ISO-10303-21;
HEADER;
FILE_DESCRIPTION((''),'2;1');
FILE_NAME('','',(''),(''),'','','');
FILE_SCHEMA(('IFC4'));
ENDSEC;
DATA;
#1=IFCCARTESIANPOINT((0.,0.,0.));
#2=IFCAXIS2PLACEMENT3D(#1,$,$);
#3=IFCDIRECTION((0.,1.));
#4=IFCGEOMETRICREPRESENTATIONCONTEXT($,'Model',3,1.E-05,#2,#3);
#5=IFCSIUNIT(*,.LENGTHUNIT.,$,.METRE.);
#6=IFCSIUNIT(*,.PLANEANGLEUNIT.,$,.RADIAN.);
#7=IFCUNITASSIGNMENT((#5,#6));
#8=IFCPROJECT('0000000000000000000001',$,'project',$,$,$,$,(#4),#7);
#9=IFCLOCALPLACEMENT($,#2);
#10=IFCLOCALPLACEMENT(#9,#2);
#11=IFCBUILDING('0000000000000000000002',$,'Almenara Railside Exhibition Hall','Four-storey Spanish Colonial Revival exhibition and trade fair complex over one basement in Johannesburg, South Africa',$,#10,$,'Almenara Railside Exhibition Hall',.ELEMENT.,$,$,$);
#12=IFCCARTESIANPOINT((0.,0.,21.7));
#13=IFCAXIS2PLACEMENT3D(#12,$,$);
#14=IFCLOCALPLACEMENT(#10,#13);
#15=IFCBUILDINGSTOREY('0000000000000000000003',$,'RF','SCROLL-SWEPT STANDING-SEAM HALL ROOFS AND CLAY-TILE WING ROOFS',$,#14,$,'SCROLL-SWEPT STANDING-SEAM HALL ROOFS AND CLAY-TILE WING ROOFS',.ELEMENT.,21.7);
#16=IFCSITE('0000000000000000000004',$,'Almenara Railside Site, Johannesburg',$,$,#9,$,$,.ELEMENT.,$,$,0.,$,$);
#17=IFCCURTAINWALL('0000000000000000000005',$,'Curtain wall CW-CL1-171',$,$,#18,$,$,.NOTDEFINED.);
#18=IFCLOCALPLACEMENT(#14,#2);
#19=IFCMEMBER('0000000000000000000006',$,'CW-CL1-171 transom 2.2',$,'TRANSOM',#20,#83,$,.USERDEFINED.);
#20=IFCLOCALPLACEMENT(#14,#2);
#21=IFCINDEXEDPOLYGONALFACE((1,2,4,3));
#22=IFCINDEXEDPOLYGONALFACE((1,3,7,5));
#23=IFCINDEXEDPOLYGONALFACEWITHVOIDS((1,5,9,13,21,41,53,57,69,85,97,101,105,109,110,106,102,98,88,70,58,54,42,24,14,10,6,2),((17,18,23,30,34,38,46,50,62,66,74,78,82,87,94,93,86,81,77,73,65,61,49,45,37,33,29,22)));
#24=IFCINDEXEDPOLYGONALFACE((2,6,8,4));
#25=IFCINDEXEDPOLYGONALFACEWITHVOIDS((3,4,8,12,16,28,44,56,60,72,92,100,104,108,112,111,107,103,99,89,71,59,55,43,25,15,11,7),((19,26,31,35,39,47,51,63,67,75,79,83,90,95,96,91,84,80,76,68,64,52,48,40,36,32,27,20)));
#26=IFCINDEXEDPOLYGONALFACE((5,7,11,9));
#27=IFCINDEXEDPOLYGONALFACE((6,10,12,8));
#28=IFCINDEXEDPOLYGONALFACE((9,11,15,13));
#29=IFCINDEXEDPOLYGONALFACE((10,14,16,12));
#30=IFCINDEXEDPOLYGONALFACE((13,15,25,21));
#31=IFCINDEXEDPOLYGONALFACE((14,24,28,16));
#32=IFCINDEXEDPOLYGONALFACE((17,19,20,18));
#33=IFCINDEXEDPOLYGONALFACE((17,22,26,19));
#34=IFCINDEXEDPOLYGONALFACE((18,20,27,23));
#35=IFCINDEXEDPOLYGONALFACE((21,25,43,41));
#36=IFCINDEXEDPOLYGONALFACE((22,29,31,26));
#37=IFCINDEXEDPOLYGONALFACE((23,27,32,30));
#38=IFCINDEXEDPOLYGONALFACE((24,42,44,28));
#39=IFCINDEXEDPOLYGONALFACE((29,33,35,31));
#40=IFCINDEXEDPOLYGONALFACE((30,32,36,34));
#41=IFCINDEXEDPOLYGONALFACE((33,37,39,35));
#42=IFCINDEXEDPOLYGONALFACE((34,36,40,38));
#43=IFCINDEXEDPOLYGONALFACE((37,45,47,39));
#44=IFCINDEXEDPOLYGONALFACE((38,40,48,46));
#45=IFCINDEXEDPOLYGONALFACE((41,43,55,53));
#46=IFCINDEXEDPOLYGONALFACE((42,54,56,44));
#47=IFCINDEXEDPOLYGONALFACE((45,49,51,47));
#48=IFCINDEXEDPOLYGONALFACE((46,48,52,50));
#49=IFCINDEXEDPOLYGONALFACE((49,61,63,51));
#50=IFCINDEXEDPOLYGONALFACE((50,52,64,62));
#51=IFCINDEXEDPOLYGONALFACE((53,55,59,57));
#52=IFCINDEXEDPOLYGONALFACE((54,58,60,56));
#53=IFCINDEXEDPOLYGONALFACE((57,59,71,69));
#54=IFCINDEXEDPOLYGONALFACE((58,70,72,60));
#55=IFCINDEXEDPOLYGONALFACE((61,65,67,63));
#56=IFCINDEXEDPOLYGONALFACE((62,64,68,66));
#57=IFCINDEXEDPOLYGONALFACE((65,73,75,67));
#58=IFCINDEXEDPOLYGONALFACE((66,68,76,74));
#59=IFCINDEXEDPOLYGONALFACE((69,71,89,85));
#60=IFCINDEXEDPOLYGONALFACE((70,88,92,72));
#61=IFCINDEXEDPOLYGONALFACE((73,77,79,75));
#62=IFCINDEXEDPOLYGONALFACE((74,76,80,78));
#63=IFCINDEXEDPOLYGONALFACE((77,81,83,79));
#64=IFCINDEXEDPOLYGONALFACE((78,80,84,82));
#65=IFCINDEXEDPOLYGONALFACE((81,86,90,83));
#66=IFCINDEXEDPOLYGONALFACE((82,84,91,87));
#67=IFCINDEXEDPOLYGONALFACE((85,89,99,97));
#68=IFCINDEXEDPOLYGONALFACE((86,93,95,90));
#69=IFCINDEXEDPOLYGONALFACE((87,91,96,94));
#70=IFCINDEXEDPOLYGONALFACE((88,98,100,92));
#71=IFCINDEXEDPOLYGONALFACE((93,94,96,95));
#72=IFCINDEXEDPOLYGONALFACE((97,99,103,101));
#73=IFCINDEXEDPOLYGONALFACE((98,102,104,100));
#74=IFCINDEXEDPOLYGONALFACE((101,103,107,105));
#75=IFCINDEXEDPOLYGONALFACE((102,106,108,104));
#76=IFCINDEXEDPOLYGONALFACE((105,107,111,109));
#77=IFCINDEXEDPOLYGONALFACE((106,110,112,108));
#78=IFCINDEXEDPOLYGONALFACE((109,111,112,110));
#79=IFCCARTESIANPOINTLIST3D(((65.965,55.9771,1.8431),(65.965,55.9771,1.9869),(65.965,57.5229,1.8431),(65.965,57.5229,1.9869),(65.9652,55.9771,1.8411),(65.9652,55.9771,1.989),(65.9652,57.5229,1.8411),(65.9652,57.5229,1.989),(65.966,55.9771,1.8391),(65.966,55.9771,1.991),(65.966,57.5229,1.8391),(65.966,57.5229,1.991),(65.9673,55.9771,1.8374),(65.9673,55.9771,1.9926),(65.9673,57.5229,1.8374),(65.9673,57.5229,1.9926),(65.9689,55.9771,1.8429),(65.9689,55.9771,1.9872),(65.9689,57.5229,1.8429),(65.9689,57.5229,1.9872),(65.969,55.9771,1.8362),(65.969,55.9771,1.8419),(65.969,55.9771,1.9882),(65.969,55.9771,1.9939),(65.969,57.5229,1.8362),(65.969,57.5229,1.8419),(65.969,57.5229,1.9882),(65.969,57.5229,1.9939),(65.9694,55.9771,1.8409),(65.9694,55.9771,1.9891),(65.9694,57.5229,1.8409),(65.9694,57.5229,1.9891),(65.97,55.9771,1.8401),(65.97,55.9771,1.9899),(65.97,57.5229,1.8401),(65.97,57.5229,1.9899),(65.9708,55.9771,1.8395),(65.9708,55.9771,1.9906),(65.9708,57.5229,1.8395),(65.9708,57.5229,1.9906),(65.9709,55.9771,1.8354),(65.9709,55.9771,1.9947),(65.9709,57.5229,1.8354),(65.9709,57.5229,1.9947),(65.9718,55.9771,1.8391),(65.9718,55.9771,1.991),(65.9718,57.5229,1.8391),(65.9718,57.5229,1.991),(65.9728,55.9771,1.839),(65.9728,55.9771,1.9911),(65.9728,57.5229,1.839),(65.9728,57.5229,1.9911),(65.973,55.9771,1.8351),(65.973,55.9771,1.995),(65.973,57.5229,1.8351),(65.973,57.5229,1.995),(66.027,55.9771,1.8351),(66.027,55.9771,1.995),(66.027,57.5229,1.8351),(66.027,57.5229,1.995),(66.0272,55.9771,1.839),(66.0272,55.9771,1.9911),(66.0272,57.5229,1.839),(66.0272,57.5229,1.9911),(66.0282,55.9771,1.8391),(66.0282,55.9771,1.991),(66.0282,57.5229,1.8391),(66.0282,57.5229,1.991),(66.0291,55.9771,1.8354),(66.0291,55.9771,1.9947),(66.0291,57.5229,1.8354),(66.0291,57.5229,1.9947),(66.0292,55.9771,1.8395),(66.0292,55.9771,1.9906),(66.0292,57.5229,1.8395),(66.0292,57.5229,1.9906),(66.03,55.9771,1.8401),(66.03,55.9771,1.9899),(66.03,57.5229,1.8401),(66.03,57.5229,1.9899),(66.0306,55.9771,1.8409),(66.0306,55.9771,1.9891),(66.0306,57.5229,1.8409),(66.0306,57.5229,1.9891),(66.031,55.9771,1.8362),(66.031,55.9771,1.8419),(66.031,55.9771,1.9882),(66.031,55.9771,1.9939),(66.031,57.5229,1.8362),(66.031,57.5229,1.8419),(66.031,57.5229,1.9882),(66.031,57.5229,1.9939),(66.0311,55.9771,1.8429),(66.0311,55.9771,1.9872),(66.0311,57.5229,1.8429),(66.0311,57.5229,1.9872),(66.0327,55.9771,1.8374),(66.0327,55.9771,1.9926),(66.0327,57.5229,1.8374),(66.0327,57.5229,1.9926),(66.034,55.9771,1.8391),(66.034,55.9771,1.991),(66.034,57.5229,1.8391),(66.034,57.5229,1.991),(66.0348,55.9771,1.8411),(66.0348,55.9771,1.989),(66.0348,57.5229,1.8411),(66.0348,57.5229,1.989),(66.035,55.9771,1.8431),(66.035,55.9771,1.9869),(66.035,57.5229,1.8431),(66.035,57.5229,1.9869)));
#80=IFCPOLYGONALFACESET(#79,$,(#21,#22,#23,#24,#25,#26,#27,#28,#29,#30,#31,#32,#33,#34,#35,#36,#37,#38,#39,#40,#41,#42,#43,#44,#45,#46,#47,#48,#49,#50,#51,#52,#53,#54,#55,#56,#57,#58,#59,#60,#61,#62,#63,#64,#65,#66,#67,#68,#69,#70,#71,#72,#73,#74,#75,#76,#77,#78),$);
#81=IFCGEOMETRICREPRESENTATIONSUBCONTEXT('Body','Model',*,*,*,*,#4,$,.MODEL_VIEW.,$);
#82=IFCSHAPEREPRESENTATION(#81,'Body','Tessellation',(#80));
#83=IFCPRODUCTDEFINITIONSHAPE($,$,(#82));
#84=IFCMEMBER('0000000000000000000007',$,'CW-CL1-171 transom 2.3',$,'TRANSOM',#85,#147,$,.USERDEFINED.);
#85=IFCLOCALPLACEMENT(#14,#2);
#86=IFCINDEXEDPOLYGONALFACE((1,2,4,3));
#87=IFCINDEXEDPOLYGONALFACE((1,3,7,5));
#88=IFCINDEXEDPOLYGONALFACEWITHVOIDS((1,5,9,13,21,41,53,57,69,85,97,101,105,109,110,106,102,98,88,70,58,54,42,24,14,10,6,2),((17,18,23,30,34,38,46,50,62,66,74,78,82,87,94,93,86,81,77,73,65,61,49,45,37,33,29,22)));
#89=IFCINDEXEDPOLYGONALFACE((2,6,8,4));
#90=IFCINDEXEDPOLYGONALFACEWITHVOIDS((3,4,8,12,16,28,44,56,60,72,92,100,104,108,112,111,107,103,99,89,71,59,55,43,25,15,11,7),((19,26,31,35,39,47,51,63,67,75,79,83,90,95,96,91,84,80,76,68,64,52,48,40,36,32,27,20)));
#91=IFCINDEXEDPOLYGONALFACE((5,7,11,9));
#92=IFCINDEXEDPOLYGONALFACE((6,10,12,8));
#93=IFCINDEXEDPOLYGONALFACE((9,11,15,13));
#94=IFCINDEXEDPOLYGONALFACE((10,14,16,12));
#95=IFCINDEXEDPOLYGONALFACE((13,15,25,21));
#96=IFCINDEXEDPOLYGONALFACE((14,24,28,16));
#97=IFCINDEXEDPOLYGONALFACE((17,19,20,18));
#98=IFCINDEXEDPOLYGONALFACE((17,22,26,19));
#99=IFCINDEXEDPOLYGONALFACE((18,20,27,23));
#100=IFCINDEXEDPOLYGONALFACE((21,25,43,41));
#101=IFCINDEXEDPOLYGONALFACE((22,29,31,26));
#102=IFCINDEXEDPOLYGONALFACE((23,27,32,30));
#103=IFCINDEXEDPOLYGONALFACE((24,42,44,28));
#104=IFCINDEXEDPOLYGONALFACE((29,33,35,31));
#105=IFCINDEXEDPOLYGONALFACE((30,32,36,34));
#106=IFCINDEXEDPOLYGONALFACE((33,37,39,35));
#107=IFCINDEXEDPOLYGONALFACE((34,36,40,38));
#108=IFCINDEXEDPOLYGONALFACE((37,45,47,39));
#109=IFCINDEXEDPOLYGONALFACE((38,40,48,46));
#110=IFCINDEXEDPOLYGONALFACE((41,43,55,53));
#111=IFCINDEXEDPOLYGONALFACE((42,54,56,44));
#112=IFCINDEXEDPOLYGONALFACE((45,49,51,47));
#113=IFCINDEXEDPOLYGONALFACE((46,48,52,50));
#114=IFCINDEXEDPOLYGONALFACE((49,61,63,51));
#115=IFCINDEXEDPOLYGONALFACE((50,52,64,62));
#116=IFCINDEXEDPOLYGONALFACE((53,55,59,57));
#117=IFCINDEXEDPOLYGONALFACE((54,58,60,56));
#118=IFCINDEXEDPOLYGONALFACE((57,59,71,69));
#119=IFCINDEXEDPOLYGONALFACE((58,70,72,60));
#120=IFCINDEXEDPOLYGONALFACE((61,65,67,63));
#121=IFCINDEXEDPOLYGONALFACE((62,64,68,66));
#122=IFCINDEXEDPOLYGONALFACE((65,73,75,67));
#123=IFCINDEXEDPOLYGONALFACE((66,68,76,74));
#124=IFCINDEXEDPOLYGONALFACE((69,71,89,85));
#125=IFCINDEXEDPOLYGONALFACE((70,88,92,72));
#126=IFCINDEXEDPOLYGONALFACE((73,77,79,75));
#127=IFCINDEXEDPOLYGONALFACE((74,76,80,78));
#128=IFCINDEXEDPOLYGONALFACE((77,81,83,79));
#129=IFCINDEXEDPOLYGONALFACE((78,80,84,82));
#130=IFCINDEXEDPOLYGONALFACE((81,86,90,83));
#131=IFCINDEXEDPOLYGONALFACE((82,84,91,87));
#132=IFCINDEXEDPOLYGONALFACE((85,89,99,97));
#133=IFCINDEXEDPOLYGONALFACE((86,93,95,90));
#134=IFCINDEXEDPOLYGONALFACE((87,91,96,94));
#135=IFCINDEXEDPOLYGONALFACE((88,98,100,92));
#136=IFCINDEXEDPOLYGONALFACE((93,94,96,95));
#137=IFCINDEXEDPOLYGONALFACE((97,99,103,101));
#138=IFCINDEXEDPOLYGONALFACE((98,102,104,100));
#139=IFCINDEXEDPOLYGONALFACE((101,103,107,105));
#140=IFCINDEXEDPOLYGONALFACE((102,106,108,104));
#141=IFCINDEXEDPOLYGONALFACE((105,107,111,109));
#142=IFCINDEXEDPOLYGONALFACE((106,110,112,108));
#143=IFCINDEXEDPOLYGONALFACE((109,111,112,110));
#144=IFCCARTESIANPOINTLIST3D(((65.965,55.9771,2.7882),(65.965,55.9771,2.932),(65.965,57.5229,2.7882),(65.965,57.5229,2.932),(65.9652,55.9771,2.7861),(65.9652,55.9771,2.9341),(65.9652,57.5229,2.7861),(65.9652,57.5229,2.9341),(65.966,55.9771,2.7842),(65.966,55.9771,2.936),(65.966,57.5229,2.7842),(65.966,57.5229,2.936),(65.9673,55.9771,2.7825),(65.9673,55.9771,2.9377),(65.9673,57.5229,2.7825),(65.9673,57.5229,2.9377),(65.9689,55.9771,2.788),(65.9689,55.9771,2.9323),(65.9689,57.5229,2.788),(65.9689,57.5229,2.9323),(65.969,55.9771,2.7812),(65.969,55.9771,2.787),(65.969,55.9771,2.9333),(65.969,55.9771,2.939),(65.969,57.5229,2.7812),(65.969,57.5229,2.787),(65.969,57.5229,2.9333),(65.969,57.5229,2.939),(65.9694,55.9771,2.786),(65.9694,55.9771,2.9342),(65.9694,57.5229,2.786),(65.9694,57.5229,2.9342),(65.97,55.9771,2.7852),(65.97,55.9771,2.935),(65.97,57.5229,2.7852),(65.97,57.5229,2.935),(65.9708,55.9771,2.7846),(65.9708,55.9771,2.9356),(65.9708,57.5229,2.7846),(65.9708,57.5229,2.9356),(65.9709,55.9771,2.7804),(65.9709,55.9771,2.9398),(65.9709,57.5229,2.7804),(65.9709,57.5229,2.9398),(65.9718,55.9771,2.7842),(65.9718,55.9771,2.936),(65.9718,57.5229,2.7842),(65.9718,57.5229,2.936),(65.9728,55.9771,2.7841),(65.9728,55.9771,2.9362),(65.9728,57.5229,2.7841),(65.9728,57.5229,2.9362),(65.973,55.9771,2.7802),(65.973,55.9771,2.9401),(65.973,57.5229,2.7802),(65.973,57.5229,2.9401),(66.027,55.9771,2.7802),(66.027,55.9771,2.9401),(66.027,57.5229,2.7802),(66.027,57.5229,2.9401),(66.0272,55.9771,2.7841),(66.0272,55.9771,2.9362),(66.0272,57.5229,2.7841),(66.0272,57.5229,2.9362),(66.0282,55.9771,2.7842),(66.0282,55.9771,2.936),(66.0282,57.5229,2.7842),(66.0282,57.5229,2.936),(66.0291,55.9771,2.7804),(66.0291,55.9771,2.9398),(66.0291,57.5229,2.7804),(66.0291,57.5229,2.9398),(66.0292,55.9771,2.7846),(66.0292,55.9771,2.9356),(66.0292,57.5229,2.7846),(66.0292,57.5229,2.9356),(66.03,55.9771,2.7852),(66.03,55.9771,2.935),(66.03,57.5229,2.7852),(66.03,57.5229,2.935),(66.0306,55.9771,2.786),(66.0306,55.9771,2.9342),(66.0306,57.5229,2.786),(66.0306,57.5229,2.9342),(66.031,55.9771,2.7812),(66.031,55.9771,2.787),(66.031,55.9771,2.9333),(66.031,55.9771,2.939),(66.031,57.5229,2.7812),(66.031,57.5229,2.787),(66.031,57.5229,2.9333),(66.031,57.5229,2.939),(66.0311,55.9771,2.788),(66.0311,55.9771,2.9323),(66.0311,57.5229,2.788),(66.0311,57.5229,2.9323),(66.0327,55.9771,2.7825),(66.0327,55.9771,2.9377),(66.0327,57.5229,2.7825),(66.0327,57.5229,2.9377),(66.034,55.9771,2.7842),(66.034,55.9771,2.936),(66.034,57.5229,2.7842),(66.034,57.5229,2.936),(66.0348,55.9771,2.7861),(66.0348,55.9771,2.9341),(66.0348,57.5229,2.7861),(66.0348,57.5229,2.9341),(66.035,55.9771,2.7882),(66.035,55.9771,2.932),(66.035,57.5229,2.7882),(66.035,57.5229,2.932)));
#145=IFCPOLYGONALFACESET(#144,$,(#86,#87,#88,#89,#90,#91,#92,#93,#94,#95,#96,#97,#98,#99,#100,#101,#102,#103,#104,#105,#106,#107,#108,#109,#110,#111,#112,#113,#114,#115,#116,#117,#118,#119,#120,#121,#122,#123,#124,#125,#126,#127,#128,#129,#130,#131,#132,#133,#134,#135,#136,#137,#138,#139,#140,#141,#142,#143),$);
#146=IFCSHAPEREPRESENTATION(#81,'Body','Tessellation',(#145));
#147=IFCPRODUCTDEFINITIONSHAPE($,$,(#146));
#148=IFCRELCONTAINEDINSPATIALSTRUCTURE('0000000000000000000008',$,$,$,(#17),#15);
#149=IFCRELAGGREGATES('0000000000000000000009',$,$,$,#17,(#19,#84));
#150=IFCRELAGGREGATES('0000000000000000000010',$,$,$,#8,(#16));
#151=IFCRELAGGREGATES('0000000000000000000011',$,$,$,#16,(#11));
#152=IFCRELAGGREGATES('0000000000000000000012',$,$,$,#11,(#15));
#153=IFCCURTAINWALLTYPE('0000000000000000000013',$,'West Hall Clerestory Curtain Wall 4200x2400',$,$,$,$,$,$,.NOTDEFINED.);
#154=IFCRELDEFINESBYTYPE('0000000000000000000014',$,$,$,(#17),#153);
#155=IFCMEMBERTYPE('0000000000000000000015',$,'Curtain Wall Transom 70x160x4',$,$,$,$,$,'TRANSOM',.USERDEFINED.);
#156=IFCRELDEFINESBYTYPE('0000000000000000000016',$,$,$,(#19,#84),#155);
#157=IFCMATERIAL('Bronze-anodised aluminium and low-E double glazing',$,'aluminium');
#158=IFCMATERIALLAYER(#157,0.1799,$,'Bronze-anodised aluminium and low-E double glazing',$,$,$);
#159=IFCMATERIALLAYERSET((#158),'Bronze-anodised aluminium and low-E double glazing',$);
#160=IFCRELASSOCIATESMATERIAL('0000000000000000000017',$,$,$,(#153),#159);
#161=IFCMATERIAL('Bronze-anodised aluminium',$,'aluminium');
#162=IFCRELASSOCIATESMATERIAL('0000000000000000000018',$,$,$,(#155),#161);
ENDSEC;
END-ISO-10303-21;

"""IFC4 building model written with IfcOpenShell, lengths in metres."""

from ifc_helpers import new_model, si_unit, direction, frame, origin, origin_2d, place, context, subcontext, project, spatial, hollow_rectangle, extrude, material, layer, layer_set, material_profile, profile_set, type_object, element, aggregate, save


model = new_model("IFC4")

# Units and contexts
model_context = context("Model", 3, precision=1e-05, world=origin(), true_north=direction((0.0, 1.0)))
body_context = subcontext(model_context, "Body", "Model", "MODEL_VIEW")
ifc_project = project(units=[si_unit("LENGTHUNIT", "METRE"), si_unit("PLANEANGLEUNIT", "RADIAN")], contexts=[model_context])

# Site, building, storey
site_placement = place(None, origin())
site = spatial("IfcSite", under=ifc_project, at=site_placement, Name="Almenara Railside Site, Johannesburg", CompositionType="ELEMENT", RefElevation=0.0)
building_placement = place(site_placement, origin())
building = spatial("IfcBuilding", under=site, at=building_placement, Name="Almenara Railside Exhibition Hall", Description="Four-storey Spanish Colonial Revival exhibition and trade fair complex over one basement in Johannesburg, South Africa", LongName="Almenara Railside Exhibition Hall", CompositionType="ELEMENT")
storey_placement = place(building_placement, frame((0.0, 0.0, 21.7)))
storey = spatial("IfcBuildingStorey", under=building, at=storey_placement, Name="RF", Description="SCROLL-SWEPT STANDING-SEAM HALL ROOFS AND CLAY-TILE WING ROOFS", LongName="SCROLL-SWEPT STANDING-SEAM HALL ROOFS AND CLAY-TILE WING ROOFS", CompositionType="ELEMENT", Elevation=21.7)

# Curtain wall
ifc_material_1 = material(Name="Bronze-anodised aluminium and low-E double glazing", Category="aluminium")
ifc_layer_1 = layer(ifc_material_1, 0.1799, Name="Bronze-anodised aluminium and low-E double glazing")
ifc_layer_set_1 = layer_set([ifc_layer_1], Name="Bronze-anodised aluminium and low-E double glazing")
curtain_wall_type = type_object("IfcCurtainWallType", Name="West Hall Clerestory Curtain Wall 4200x2400", PredefinedType="NOTDEFINED", material=ifc_layer_set_1)
ifc_material_2 = material(Name="Bronze-anodised aluminium", Category="aluminium")
curtain_wall_1_placement = place(storey_placement, origin())
curtain_wall_1 = element("IfcCurtainWall", 1, at=curtain_wall_1_placement, inside=storey, type_object=curtain_wall_type, Name="Curtain wall CW-CL1-171", PredefinedType="NOTDEFINED")

# Members
ifc_material_profile_1 = material_profile(ifc_material_2, hollow_rectangle(XDim=0.0701, YDim=0.1599, WallThickness=0.0039, InnerFilletRadius=0.0039, OuterFilletRadius=0.0081, at=origin_2d()), Name="ALU-TRN 70x160x4")
ifc_profile_set_1 = profile_set([ifc_material_profile_1], Name="Bronze-anodised aluminium")
member_type_1 = type_object("IfcMemberType", Name="Curtain Wall Transom 70x160x4", ElementType="TRANSOM", PredefinedType="USERDEFINED", material=ifc_profile_set_1)
member_1_placement = place(storey_placement, frame((66.0, 55.9771, 1.915), z_axis=(0.0, 1.0, 0.0), x_axis=(-1.0, 0.0, 0.0)))
member_1 = element("IfcMember", 2, at=member_1_placement, type_object=member_type_1, Name="CW-CL1-171 transom 2.2", ObjectType="TRANSOM", PredefinedType="USERDEFINED", context=body_context, shape_type="SweptSolid", body=[
    extrude(hollow_rectangle(XDim=0.0701, YDim=0.1599, WallThickness=0.0039, InnerFilletRadius=0.0039, OuterFilletRadius=0.0081, at=origin_2d()), origin(), (0.0, 0.0, 1.0), 1.5459),
])
member_2_placement = place(storey_placement, frame((66.0, 55.9771, 2.8601), z_axis=(0.0, 1.0, 0.0), x_axis=(-1.0, 0.0, 0.0)))
member_2 = element("IfcMember", 3, at=member_2_placement, type_object=member_type_1, Name="CW-CL1-171 transom 2.3", ObjectType="TRANSOM", PredefinedType="USERDEFINED", context=body_context, shape_type="SweptSolid", body=[
    extrude(hollow_rectangle(XDim=0.0701, YDim=0.1599, WallThickness=0.0039, InnerFilletRadius=0.0039, OuterFilletRadius=0.0081, at=origin_2d()), origin(), (0.0, 0.0, 1.0), 1.5459),
])

aggregate(curtain_wall_1, [member_1, member_2])

save(model, "model.ifc")
